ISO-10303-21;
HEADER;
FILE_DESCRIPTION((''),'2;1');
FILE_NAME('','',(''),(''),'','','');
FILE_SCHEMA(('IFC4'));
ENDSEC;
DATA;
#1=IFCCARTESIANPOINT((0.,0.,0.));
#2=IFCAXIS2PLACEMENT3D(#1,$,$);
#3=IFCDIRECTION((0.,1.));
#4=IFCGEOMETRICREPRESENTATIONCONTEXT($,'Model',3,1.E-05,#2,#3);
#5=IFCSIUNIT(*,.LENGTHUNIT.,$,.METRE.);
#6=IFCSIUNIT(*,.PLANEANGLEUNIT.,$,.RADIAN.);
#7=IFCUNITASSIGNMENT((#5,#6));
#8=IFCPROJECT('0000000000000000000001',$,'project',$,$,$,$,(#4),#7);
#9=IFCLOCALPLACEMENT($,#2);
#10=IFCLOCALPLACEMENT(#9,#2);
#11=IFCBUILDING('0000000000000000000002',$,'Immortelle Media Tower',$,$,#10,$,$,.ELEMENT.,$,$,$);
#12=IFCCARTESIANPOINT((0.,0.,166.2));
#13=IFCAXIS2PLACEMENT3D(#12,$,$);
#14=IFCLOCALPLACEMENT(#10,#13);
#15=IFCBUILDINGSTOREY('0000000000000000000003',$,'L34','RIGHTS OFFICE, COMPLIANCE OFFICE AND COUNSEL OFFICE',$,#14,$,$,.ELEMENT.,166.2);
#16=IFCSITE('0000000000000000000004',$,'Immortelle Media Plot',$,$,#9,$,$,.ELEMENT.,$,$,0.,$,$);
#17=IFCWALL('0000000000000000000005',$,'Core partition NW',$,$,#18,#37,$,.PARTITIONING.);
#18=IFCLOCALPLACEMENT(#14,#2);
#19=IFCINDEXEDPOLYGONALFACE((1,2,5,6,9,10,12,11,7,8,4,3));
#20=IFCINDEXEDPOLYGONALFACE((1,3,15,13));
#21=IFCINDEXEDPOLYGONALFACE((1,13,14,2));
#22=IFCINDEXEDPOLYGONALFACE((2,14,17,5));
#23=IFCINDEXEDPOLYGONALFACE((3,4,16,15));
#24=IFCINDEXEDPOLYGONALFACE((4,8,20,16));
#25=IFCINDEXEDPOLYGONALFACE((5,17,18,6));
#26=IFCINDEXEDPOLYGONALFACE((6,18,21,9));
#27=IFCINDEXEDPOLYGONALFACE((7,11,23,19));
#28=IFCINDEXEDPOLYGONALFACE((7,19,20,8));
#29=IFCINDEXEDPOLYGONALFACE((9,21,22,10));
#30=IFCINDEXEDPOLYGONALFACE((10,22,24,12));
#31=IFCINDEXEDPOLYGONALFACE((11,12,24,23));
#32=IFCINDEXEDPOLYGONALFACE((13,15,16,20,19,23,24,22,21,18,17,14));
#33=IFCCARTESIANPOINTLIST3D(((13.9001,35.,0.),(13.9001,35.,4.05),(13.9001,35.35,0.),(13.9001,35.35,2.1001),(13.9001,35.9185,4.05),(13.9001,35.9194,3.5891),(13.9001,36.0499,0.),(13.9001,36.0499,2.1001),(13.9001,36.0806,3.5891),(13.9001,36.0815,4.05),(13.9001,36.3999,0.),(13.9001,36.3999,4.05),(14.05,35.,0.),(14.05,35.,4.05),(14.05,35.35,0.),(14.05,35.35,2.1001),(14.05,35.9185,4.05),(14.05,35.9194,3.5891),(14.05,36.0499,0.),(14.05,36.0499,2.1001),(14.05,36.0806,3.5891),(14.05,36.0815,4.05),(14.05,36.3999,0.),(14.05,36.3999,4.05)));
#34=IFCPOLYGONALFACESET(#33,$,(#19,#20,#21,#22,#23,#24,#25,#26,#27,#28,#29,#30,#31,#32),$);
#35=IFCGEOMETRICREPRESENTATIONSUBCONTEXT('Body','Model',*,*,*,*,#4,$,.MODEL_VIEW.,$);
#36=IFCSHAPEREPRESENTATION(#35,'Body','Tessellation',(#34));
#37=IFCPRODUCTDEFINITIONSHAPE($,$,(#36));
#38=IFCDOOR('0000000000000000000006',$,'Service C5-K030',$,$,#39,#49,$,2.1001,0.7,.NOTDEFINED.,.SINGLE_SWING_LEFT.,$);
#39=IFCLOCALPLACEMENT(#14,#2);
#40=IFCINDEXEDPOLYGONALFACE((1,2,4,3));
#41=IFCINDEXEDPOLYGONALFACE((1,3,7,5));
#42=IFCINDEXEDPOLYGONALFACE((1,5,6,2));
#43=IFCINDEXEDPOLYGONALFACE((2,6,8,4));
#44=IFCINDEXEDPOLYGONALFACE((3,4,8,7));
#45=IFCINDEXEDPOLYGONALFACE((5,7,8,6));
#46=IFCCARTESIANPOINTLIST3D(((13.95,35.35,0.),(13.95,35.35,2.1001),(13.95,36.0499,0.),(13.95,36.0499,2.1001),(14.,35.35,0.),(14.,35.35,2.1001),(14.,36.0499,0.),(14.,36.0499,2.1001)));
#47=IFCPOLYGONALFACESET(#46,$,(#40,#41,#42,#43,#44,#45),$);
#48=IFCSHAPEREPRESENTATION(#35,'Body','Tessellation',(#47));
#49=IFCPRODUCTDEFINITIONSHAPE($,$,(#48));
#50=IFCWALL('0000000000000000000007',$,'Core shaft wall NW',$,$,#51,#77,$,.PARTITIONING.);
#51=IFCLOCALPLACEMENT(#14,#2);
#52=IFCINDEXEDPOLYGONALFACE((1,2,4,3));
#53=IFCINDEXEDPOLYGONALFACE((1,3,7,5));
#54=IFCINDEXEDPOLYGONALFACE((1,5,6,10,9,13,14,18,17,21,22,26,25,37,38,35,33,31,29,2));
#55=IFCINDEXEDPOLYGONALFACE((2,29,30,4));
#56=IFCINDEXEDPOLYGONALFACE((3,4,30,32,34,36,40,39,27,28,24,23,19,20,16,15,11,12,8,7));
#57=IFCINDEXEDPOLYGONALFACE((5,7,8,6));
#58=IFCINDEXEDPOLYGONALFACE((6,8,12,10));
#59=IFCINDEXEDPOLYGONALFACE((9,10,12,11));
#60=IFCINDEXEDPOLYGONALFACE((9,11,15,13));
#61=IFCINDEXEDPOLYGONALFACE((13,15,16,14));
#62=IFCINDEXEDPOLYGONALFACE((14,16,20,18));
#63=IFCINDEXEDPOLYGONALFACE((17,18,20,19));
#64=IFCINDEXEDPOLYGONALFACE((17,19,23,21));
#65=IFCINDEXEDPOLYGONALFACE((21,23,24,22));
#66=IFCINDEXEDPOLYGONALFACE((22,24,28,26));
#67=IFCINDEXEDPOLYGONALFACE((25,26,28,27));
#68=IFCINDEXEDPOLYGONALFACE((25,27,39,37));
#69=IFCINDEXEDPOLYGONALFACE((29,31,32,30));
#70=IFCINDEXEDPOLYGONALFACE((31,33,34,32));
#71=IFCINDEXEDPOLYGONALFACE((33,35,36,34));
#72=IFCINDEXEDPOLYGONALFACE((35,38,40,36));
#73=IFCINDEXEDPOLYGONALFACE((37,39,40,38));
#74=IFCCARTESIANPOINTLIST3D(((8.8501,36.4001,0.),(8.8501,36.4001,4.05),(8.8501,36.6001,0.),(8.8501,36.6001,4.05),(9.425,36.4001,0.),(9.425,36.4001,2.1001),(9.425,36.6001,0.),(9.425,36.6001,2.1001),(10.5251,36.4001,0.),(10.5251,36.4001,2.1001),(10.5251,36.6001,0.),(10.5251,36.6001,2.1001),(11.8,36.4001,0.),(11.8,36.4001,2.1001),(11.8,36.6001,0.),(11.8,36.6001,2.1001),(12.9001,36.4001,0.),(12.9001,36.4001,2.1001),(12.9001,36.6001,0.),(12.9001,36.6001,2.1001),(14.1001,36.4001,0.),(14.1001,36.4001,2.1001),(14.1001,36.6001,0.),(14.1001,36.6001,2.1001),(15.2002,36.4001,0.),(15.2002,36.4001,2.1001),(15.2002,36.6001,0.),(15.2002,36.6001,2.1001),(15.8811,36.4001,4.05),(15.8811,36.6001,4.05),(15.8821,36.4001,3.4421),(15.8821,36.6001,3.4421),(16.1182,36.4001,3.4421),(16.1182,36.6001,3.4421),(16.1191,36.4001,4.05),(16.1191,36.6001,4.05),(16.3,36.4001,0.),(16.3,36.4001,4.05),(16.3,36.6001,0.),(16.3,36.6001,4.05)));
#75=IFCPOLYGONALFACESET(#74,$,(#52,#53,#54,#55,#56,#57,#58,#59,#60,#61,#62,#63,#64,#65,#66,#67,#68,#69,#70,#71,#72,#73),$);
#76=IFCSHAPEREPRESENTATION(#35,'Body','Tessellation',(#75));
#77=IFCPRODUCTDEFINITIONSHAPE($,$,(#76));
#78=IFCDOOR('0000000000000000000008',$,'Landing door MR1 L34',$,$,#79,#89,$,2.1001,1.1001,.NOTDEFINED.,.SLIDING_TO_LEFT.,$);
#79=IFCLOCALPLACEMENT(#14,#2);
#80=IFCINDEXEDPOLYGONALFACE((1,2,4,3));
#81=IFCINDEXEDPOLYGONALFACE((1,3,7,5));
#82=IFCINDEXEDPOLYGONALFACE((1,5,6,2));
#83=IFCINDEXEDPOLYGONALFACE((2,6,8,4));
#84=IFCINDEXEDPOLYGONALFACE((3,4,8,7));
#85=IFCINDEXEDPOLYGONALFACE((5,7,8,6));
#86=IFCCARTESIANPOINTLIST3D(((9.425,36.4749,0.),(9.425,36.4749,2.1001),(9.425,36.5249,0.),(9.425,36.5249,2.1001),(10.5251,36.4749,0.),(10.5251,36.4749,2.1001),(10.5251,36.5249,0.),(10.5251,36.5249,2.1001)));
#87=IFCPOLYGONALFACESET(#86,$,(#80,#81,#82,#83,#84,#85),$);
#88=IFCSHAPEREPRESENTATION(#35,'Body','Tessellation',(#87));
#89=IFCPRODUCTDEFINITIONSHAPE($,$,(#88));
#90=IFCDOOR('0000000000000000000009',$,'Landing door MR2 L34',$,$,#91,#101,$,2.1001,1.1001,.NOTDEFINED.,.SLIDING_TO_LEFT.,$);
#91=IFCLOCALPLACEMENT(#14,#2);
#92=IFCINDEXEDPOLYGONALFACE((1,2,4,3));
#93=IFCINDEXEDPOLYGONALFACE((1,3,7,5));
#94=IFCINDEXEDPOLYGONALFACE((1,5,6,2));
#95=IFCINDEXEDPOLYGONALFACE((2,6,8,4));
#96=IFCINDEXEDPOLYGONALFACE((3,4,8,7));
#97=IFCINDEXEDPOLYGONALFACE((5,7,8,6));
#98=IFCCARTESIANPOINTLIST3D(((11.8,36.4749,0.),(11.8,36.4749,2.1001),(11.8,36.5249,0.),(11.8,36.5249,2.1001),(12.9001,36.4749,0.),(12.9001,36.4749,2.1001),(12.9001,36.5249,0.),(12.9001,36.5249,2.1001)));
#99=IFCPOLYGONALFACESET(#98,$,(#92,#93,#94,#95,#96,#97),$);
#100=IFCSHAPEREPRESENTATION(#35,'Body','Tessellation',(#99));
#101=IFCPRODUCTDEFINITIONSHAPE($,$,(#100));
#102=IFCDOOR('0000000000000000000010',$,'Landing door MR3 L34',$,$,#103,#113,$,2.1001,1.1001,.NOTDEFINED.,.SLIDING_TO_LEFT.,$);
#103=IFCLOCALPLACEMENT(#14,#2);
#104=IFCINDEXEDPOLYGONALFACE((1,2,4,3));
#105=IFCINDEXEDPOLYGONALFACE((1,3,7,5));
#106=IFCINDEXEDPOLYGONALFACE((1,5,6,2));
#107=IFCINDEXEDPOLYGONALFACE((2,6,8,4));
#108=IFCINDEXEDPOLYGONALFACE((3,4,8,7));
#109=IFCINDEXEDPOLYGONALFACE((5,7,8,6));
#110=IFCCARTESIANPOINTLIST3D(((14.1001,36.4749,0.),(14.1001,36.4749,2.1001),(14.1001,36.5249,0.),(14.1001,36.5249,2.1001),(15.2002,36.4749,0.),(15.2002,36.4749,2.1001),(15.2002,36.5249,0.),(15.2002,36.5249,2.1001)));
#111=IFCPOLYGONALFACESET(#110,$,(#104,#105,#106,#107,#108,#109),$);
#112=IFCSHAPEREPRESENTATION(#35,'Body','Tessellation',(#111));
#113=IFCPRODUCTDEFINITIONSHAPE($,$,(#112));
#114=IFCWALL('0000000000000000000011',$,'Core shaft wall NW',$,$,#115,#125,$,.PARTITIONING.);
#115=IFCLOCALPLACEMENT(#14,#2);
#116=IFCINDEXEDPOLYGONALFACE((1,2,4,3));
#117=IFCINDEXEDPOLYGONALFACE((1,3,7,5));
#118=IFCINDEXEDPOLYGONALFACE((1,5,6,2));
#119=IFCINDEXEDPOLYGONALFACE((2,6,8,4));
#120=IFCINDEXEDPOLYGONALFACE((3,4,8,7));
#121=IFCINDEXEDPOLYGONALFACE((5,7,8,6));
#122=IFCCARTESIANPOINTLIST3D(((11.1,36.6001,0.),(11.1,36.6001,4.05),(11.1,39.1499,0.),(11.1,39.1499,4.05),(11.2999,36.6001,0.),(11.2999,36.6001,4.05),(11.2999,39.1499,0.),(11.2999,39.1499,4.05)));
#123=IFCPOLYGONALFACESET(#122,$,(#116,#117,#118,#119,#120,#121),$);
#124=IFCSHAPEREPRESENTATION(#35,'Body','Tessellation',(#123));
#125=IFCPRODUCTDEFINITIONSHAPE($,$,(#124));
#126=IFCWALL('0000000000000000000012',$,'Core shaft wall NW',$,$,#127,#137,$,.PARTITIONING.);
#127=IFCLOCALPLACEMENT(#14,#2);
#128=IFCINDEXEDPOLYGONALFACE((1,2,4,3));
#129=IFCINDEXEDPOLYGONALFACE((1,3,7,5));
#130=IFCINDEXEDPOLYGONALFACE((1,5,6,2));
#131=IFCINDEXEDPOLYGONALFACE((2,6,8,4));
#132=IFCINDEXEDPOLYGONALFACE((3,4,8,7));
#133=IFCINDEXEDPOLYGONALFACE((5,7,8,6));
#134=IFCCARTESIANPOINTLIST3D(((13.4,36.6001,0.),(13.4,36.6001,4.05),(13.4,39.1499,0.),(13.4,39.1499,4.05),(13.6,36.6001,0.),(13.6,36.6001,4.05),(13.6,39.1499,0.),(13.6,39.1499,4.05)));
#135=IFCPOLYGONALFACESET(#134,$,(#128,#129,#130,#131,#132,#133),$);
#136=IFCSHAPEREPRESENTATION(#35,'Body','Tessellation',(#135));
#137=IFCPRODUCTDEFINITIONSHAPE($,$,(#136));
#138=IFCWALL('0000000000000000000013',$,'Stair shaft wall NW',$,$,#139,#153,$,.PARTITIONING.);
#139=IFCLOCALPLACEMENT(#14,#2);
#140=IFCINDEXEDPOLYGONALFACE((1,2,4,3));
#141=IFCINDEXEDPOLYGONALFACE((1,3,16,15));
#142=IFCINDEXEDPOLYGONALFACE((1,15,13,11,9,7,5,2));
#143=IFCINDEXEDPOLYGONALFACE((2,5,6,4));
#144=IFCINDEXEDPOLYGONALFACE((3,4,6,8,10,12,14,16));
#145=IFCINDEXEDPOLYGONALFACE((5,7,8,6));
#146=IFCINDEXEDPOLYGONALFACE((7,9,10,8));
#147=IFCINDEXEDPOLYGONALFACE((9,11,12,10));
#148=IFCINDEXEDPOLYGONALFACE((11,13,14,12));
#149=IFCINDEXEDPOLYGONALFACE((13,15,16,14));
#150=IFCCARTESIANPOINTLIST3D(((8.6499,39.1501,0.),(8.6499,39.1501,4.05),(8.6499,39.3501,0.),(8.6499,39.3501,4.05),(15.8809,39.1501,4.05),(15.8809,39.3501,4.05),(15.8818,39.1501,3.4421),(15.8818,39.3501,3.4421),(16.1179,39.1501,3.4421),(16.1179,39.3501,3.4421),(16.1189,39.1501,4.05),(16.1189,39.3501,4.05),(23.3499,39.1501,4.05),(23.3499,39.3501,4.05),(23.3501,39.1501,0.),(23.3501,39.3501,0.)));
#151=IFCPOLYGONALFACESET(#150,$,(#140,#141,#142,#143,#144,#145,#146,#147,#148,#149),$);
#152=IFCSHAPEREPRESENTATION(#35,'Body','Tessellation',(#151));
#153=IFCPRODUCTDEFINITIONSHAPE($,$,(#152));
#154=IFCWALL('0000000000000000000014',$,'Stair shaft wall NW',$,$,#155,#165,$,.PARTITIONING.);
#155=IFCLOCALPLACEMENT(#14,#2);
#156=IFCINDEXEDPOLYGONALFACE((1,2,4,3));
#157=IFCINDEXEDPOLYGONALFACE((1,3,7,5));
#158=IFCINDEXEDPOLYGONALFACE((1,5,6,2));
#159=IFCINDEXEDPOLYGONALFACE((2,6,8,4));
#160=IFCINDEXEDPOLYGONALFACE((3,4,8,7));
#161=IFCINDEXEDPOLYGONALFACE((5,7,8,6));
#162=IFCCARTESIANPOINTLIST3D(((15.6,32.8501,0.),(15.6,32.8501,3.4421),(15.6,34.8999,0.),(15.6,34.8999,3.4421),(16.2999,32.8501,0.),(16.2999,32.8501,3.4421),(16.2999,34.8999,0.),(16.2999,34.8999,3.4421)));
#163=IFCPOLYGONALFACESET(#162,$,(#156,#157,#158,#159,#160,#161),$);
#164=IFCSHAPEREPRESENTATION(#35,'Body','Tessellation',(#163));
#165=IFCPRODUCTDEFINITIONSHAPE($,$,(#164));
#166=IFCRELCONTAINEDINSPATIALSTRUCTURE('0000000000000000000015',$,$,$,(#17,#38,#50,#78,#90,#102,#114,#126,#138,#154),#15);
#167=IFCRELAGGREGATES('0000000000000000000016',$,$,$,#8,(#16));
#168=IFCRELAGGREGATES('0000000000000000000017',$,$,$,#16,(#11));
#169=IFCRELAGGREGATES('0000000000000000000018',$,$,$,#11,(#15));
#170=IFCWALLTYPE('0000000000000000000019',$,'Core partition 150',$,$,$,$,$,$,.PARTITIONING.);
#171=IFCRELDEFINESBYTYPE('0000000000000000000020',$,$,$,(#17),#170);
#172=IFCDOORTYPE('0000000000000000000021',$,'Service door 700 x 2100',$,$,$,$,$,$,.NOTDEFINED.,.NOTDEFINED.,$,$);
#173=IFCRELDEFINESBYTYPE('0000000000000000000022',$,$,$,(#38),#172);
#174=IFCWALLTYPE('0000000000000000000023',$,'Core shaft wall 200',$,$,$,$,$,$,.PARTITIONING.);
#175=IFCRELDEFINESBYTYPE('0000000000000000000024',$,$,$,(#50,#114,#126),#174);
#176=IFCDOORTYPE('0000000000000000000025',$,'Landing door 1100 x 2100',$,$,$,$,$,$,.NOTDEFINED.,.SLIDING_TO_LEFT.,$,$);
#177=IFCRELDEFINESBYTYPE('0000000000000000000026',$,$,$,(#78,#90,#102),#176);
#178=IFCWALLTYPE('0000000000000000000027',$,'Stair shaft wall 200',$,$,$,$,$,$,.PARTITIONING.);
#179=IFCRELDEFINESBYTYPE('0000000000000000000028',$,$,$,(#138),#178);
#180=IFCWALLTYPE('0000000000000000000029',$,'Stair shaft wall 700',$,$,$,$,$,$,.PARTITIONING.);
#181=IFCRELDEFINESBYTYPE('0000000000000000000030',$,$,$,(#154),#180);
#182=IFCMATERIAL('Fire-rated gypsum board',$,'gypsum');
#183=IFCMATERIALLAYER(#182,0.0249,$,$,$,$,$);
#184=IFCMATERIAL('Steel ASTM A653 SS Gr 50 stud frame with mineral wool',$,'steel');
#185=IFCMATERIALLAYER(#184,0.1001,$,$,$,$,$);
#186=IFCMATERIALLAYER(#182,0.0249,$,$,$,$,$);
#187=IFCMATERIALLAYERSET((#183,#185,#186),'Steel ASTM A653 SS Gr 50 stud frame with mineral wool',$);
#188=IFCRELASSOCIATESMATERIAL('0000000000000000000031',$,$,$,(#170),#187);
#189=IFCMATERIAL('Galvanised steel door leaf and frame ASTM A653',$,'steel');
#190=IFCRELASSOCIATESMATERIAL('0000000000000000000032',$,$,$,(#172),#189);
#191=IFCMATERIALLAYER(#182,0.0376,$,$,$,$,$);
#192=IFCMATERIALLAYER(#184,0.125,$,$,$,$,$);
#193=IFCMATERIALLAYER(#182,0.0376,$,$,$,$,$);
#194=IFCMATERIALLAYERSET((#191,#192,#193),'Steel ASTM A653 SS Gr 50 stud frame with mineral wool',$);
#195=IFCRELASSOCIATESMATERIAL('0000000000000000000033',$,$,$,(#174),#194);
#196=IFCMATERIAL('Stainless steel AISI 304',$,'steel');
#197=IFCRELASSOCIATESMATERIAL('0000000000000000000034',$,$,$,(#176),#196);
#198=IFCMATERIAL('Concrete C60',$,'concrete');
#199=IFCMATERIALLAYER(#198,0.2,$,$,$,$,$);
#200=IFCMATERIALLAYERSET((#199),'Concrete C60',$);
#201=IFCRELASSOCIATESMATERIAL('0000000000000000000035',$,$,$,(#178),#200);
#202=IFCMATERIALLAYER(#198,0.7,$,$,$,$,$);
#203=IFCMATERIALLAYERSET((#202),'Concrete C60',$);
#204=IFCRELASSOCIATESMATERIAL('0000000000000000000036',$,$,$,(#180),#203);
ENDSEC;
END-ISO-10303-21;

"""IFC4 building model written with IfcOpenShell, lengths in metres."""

from ifc_helpers import new_model, si_unit, direction, frame, frame_2d, origin, place, context, subcontext, project, spatial, polyline, rectangle, outline, extrude, material, layer, layer_set, type_object, element, fill, save


model = new_model("IFC4")

# Units and contexts
model_context = context("Model", 3, precision=1e-05, world=origin(), true_north=direction((0.0, 1.0)))
body_context = subcontext(model_context, "Body", "Model", "MODEL_VIEW")
ifc_project = project(units=[si_unit("LENGTHUNIT", "METRE"), si_unit("PLANEANGLEUNIT", "RADIAN")], contexts=[model_context])

# Site, building, storey
site_placement = place(None, origin())
site = spatial("IfcSite", under=ifc_project, at=site_placement, Name="Immortelle Media Plot", CompositionType="ELEMENT", RefElevation=0.0)
building_placement = place(site_placement, origin())
building = spatial("IfcBuilding", under=site, at=building_placement, Name="Immortelle Media Tower", CompositionType="ELEMENT")
storey_placement = place(building_placement, frame((0.0, 0.0, 166.2)))
storey = spatial("IfcBuildingStorey", under=building, at=storey_placement, Name="L34", Description="RIGHTS OFFICE, COMPLIANCE OFFICE AND COUNSEL OFFICE", CompositionType="ELEMENT", Elevation=166.2)

# Shared definitions
ifc_material_1 = material(Name="Fire-rated gypsum board", Category="gypsum")
ifc_material_2 = material(Name="Steel ASTM A653 SS Gr 50 stud frame with mineral wool", Category="steel")
ifc_layer_1 = layer(ifc_material_1, 0.0249)
ifc_layer_2 = layer(ifc_material_2, 0.1001)
ifc_layer_3 = layer(ifc_material_1, 0.0249)
ifc_layer_set_1 = layer_set([ifc_layer_1, ifc_layer_2, ifc_layer_3], Name="Steel ASTM A653 SS Gr 50 stud frame with mineral wool")
wall_type_1 = type_object("IfcWallType", Name="Core partition 150", PredefinedType="PARTITIONING", material=ifc_layer_set_1)

# Shared definitions
ifc_material_3 = material(Name="Galvanised steel door leaf and frame ASTM A653", Category="steel")
door_type_1 = type_object("IfcDoorType", Name="Service door 700 x 2100", OperationType="NOTDEFINED", PredefinedType="NOTDEFINED", material=ifc_material_3)

# Wall, opening, door
wall_1_placement = place(storey_placement, frame((13.9751, 35.0, 0.0), z_axis=(0.0, 0.0, 1.0), x_axis=(0.0, 1.0, 0.0)))
wall_1 = element("IfcWall", 1, at=wall_1_placement, inside=storey, type_object=wall_type_1, Name="Core partition NW", PredefinedType="PARTITIONING", context=body_context, shape_type="SweptSolid", body=[
    extrude(outline(polyline([(0.0, 0.0), (1.3999, 0.0), (1.3999, 4.05), (1.0815, 4.05), (1.0806, 3.5891), (0.9194, 3.5891), (0.9185, 4.05), (0.0, 4.05), (0.0, 0.0)])), frame((0.0, 0.075, 0.0), z_axis=(0.0, -1.0, 0.0), x_axis=(1.0, 0.0, 0.0)), (0.0, 0.0, 1.0), 0.1499),
])
opening_1_placement = place(wall_1_placement, frame((1.05, 0.0, 0.0), z_axis=(0.0, 0.0, 1.0), x_axis=(-1.0, 0.0, 0.0)))
opening_1 = element("IfcOpeningElement", 2, at=opening_1_placement, cuts=wall_1, PredefinedType="OPENING", context=body_context, shape_type="SweptSolid", body=[
    extrude(rectangle(XDim=0.7, YDim=2.1001, at=frame_2d((0.3501, 1.05))), frame((0.0, 0.085, 0.0), z_axis=(0.0, -1.0, 0.0), x_axis=(1.0, 0.0, 0.0)), (0.0, 0.0, 1.0), 0.1699),
])
door_1_placement = place(opening_1_placement, origin())
door_1 = element("IfcDoor", 3, at=door_1_placement, inside=storey, type_object=door_type_1, Name="Service C5-K030", OperationType="SINGLE_SWING_LEFT", OverallHeight=2.1001, OverallWidth=0.7, PredefinedType="NOTDEFINED", context=body_context, shape_type="SweptSolid", body=[
    extrude(rectangle(XDim=0.7, YDim=2.1001, at=frame_2d((0.3501, 1.05))), frame((0.0, 0.0249, 0.0), z_axis=(0.0, -1.0, 0.0), x_axis=(1.0, 0.0, 0.0)), (0.0, 0.0, 1.0), 0.05),
])
fill(opening_1, door_1)

# Wall, openings, doors
ifc_layer_4 = layer(ifc_material_1, 0.0376)
ifc_layer_5 = layer(ifc_material_2, 0.125)
ifc_layer_6 = layer(ifc_material_1, 0.0376)
ifc_layer_set_2 = layer_set([ifc_layer_4, ifc_layer_5, ifc_layer_6], Name="Steel ASTM A653 SS Gr 50 stud frame with mineral wool")
wall_type_2 = type_object("IfcWallType", Name="Core shaft wall 200", PredefinedType="PARTITIONING", material=ifc_layer_set_2)
wall_2_placement = place(storey_placement, frame((8.8501, 36.5, 0.0), z_axis=(0.0, 0.0, 1.0), x_axis=(1.0, 0.0, 0.0)))
wall_2 = element("IfcWall", 4, at=wall_2_placement, inside=storey, type_object=wall_type_2, Name="Core shaft wall NW", PredefinedType="PARTITIONING", context=body_context, shape_type="SweptSolid", body=[
    extrude(outline(polyline([(0.0, 0.0), (7.45, 0.0), (7.45, 4.05), (7.269, 4.05), (7.2681, 3.4421), (7.032, 3.4421), (7.031, 4.05), (0.0, 4.05), (0.0, 0.0)])), frame((0.0, 0.1001, 0.0), z_axis=(0.0, -1.0, 0.0), x_axis=(1.0, 0.0, 0.0)), (0.0, 0.0, 1.0), 0.2),
])
opening_2_placement = place(wall_2_placement, frame((0.575, 0.0, 0.0)))
opening_2 = element("IfcOpeningElement", 5, at=opening_2_placement, cuts=wall_2, PredefinedType="OPENING", context=body_context, shape_type="SweptSolid", body=[
    extrude(rectangle(XDim=1.1001, YDim=2.1001, at=frame_2d((0.55, 1.05))), frame((0.0, 0.1099, 0.0), z_axis=(0.0, -1.0, 0.0), x_axis=(1.0, 0.0, 0.0)), (0.0, 0.0, 1.0), 0.22),
])
opening_3_placement = place(wall_2_placement, frame((2.95, 0.0, 0.0)))
opening_3 = element("IfcOpeningElement", 6, at=opening_3_placement, cuts=wall_2, PredefinedType="OPENING", context=body_context, shape_type="SweptSolid", body=[
    extrude(rectangle(XDim=1.1001, YDim=2.1001, at=frame_2d((0.55, 1.05))), frame((0.0, 0.1099, 0.0), z_axis=(0.0, -1.0, 0.0), x_axis=(1.0, 0.0, 0.0)), (0.0, 0.0, 1.0), 0.22),
])
opening_4_placement = place(wall_2_placement, frame((5.25, 0.0, 0.0)))
opening_4 = element("IfcOpeningElement", 7, at=opening_4_placement, cuts=wall_2, PredefinedType="OPENING", context=body_context, shape_type="SweptSolid", body=[
    extrude(rectangle(XDim=1.1001, YDim=2.1001, at=frame_2d((0.55, 1.05))), frame((0.0, 0.1099, 0.0), z_axis=(0.0, -1.0, 0.0), x_axis=(1.0, 0.0, 0.0)), (0.0, 0.0, 1.0), 0.22),
])
ifc_material_4 = material(Name="Stainless steel AISI 304", Category="steel")
door_type_2 = type_object("IfcDoorType", Name="Landing door 1100 x 2100", OperationType="SLIDING_TO_LEFT", PredefinedType="NOTDEFINED", material=ifc_material_4)
door_2_placement = place(opening_2_placement, origin())
door_2 = element("IfcDoor", 8, at=door_2_placement, inside=storey, type_object=door_type_2, Name="Landing door MR1 L34", OperationType="SLIDING_TO_LEFT", OverallHeight=2.1001, OverallWidth=1.1001, PredefinedType="NOTDEFINED", context=body_context, shape_type="SweptSolid", body=[
    extrude(rectangle(XDim=1.1001, YDim=2.1001, at=frame_2d((0.55, 1.05))), frame((0.0, 0.0249, 0.0), z_axis=(0.0, -1.0, 0.0), x_axis=(1.0, 0.0, 0.0)), (0.0, 0.0, 1.0), 0.05),
])
fill(opening_2, door_2)
door_3_placement = place(opening_3_placement, origin())
door_3 = element("IfcDoor", 9, at=door_3_placement, inside=storey, type_object=door_type_2, Name="Landing door MR2 L34", OperationType="SLIDING_TO_LEFT", OverallHeight=2.1001, OverallWidth=1.1001, PredefinedType="NOTDEFINED", context=body_context, shape_type="SweptSolid", body=[
    extrude(rectangle(XDim=1.1001, YDim=2.1001, at=frame_2d((0.55, 1.05))), frame((0.0, 0.0249, 0.0), z_axis=(0.0, -1.0, 0.0), x_axis=(1.0, 0.0, 0.0)), (0.0, 0.0, 1.0), 0.05),
])
fill(opening_3, door_3)
door_4_placement = place(opening_4_placement, origin())
door_4 = element("IfcDoor", 10, at=door_4_placement, inside=storey, type_object=door_type_2, Name="Landing door MR3 L34", OperationType="SLIDING_TO_LEFT", OverallHeight=2.1001, OverallWidth=1.1001, PredefinedType="NOTDEFINED", context=body_context, shape_type="SweptSolid", body=[
    extrude(rectangle(XDim=1.1001, YDim=2.1001, at=frame_2d((0.55, 1.05))), frame((0.0, 0.0249, 0.0), z_axis=(0.0, -1.0, 0.0), x_axis=(1.0, 0.0, 0.0)), (0.0, 0.0, 1.0), 0.05),
])
fill(opening_4, door_4)

# Walls
for number, where, z_axis, x_axis, name in (
    (11, (11.2, 36.6001, 0.0), (0.0, 0.0, 1.0), (0.0, 1.0, 0.0), "Core shaft wall NW"),
    (12, (13.5, 36.6001, 0.0), (0.0, 0.0, 1.0), (0.0, 1.0, 0.0), "Core shaft wall NW"),
):
    element("IfcWall", number, at=place(storey_placement, frame(where, z_axis=z_axis, x_axis=x_axis)), inside=storey, type_object=wall_type_2, Name=name, PredefinedType="PARTITIONING", context=body_context, shape_type="SweptSolid", body=[
        extrude(rectangle(XDim=2.5498, YDim=0.2, at=frame_2d((1.2749, 0.0))), origin(), (0.0, 0.0, 1.0), 4.05),
    ])
ifc_material_5 = material(Name="Concrete C60", Category="concrete")
ifc_layer_7 = layer(ifc_material_5, 0.2)
ifc_layer_set_3 = layer_set([ifc_layer_7], Name="Concrete C60")
wall_type_3 = type_object("IfcWallType", Name="Stair shaft wall 200", PredefinedType="PARTITIONING", material=ifc_layer_set_3)
wall_3_placement = place(storey_placement, frame((8.6499, 39.25, 0.0), z_axis=(0.0, 0.0, 1.0), x_axis=(1.0, 0.0, 0.0)))
element("IfcWall", 13, at=wall_3_placement, inside=storey, type_object=wall_type_3, Name="Stair shaft wall NW", PredefinedType="PARTITIONING", context=body_context, shape_type="SweptSolid", body=[
    extrude(outline(polyline([(0.0, 0.0), (14.7002, 0.0), (14.7, 4.05), (7.469, 4.05), (7.468, 3.4421), (7.2319, 3.4421), (7.231, 4.05), (0.0, 4.05), (0.0, 0.0)])), frame((0.0, 0.1001, 0.0), z_axis=(0.0, -1.0, 0.0), x_axis=(1.0, 0.0, 0.0)), (0.0, 0.0, 1.0), 0.2),
])
ifc_layer_8 = layer(ifc_material_5, 0.7)
ifc_layer_set_4 = layer_set([ifc_layer_8], Name="Concrete C60")
wall_type_4 = type_object("IfcWallType", Name="Stair shaft wall 700", PredefinedType="PARTITIONING", material=ifc_layer_set_4)
wall_4_placement = place(storey_placement, frame((15.95, 32.8501, 0.0), z_axis=(0.0, 0.0, 1.0), x_axis=(0.0, 1.0, 0.0)))
element("IfcWall", 14, at=wall_4_placement, inside=storey, type_object=wall_type_4, Name="Stair shaft wall NW", PredefinedType="PARTITIONING", context=body_context, shape_type="SweptSolid", body=[
    extrude(rectangle(XDim=2.0498, YDim=0.7, at=frame_2d((1.0249, 0.0))), origin(), (0.0, 0.0, 1.0), 3.4421),
])

save(model, "model.ifc")
